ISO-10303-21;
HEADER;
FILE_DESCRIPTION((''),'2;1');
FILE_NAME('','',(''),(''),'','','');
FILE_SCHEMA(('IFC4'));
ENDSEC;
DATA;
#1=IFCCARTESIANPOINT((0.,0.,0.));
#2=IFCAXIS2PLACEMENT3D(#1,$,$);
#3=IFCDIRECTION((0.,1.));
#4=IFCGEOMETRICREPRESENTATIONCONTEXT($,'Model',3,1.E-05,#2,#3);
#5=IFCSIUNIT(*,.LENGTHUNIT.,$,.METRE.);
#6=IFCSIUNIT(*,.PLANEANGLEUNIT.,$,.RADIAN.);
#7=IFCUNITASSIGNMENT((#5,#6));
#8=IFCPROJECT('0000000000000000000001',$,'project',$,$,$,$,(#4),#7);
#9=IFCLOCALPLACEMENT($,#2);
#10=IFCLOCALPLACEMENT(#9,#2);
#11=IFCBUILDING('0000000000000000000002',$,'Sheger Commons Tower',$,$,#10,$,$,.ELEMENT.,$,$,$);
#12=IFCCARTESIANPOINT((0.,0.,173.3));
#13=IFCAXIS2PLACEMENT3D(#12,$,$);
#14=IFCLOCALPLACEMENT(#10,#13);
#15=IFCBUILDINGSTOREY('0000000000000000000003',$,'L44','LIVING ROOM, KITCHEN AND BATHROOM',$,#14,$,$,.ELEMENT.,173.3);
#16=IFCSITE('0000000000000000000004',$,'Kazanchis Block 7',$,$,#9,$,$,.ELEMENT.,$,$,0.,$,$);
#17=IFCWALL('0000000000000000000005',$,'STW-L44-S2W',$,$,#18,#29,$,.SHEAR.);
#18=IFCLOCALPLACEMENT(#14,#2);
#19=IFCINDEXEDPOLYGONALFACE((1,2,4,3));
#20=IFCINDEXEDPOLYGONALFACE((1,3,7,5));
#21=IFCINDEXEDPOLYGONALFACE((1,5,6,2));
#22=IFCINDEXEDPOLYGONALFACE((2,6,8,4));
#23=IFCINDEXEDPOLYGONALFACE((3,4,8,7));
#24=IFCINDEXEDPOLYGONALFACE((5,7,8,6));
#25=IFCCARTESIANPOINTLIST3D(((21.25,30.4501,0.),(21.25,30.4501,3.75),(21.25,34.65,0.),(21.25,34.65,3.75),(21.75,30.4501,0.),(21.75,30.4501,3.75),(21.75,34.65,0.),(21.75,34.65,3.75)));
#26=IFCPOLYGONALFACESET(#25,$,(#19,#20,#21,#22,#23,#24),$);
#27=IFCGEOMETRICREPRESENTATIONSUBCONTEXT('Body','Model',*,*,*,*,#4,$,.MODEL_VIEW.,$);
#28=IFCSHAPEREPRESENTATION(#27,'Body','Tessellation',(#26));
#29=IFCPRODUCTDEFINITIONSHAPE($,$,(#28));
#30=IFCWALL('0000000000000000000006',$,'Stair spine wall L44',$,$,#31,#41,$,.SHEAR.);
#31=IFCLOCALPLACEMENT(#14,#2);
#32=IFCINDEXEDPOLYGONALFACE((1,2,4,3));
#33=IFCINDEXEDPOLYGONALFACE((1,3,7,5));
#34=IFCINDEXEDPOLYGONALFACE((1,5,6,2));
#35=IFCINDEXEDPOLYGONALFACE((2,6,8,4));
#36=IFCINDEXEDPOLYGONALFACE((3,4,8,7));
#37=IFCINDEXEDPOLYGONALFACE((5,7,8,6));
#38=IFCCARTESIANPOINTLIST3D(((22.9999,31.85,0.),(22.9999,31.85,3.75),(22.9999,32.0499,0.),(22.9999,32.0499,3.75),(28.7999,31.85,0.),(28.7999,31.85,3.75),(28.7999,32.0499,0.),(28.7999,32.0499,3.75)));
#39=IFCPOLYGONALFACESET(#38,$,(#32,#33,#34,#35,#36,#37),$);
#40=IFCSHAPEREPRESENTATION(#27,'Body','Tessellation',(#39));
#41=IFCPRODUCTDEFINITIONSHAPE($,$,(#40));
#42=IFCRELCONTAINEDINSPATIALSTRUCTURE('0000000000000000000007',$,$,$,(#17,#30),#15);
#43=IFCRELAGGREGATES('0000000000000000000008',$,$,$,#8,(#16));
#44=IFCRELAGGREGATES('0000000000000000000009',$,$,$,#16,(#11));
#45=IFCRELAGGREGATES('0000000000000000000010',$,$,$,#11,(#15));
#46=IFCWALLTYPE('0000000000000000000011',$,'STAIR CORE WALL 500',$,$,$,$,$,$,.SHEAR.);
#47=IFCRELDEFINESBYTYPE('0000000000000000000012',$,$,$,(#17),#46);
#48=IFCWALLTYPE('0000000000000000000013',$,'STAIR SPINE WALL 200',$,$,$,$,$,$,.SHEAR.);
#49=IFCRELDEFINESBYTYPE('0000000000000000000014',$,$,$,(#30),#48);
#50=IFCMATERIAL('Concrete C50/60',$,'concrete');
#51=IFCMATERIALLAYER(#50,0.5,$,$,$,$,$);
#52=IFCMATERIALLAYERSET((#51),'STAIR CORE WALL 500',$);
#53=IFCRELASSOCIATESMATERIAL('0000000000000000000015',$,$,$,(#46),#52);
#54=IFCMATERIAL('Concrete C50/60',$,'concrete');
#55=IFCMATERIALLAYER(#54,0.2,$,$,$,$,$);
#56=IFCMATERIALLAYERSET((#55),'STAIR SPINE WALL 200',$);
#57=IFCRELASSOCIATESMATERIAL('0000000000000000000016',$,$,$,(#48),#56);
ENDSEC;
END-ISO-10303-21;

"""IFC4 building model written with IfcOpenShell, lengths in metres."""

from ifc_helpers import new_model, si_unit, direction, frame, frame_2d, origin, place, context, subcontext, project, spatial, rectangle, extrude, material, layer, layer_set, type_object, element, save


model = new_model("IFC4")

# Units and contexts
model_context = context("Model", 3, precision=1e-05, world=origin(), true_north=direction((0.0, 1.0)))
body_context = subcontext(model_context, "Body", "Model", "MODEL_VIEW")
ifc_project = project(units=[si_unit("LENGTHUNIT", "METRE"), si_unit("PLANEANGLEUNIT", "RADIAN")], contexts=[model_context])

# Site, building, storey
site_placement = place(None, origin())
site = spatial("IfcSite", under=ifc_project, at=site_placement, Name="Kazanchis Block 7", CompositionType="ELEMENT", RefElevation=0.0)
building_placement = place(site_placement, origin())
building = spatial("IfcBuilding", under=site, at=building_placement, Name="Sheger Commons Tower", CompositionType="ELEMENT")
storey_placement = place(building_placement, frame((0.0, 0.0, 173.3)))
storey = spatial("IfcBuildingStorey", under=building, at=storey_placement, Name="L44", Description="LIVING ROOM, KITCHEN AND BATHROOM", CompositionType="ELEMENT", Elevation=173.3)

# Walls
ifc_material_1 = material(Name="Concrete C50/60", Category="concrete")
ifc_layer_1 = layer(ifc_material_1, 0.5)
ifc_layer_set_1 = layer_set([ifc_layer_1], Name="STAIR CORE WALL 500")
wall_type_1 = type_object("IfcWallType", Name="STAIR CORE WALL 500", PredefinedType="SHEAR", material=ifc_layer_set_1)
wall_1_placement = place(storey_placement, frame((21.5, 30.45, 0.0), z_axis=(0.0, 0.0, 1.0), x_axis=(0.0, 1.0, 0.0)))
element("IfcWall", 1, at=wall_1_placement, inside=storey, type_object=wall_type_1, Name="STW-L44-S2W", PredefinedType="SHEAR", context=body_context, shape_type="SweptSolid", body=[
    extrude(rectangle(XDim=4.2, YDim=0.5, at=frame_2d((2.1001, 0.0))), origin(), (0.0, 0.0, 1.0), 3.75),
])
ifc_material_2 = material(Name="Concrete C50/60", Category="concrete")
ifc_layer_2 = layer(ifc_material_2, 0.2)
ifc_layer_set_2 = layer_set([ifc_layer_2], Name="STAIR SPINE WALL 200")
wall_type_2 = type_object("IfcWallType", Name="STAIR SPINE WALL 200", PredefinedType="SHEAR", material=ifc_layer_set_2)
wall_2_placement = place(storey_placement, frame((23.0, 31.95, 0.0), z_axis=(0.0, 0.0, 1.0), x_axis=(1.0, 0.0, 0.0)))
element("IfcWall", 2, at=wall_2_placement, inside=storey, type_object=wall_type_2, Name="Stair spine wall L44", PredefinedType="SHEAR", context=body_context, shape_type="SweptSolid", body=[
    extrude(rectangle(XDim=5.8, YDim=0.2, at=frame_2d((2.8999, 0.0))), origin(), (0.0, 0.0, 1.0), 3.75),
])

save(model, "model.ifc")
